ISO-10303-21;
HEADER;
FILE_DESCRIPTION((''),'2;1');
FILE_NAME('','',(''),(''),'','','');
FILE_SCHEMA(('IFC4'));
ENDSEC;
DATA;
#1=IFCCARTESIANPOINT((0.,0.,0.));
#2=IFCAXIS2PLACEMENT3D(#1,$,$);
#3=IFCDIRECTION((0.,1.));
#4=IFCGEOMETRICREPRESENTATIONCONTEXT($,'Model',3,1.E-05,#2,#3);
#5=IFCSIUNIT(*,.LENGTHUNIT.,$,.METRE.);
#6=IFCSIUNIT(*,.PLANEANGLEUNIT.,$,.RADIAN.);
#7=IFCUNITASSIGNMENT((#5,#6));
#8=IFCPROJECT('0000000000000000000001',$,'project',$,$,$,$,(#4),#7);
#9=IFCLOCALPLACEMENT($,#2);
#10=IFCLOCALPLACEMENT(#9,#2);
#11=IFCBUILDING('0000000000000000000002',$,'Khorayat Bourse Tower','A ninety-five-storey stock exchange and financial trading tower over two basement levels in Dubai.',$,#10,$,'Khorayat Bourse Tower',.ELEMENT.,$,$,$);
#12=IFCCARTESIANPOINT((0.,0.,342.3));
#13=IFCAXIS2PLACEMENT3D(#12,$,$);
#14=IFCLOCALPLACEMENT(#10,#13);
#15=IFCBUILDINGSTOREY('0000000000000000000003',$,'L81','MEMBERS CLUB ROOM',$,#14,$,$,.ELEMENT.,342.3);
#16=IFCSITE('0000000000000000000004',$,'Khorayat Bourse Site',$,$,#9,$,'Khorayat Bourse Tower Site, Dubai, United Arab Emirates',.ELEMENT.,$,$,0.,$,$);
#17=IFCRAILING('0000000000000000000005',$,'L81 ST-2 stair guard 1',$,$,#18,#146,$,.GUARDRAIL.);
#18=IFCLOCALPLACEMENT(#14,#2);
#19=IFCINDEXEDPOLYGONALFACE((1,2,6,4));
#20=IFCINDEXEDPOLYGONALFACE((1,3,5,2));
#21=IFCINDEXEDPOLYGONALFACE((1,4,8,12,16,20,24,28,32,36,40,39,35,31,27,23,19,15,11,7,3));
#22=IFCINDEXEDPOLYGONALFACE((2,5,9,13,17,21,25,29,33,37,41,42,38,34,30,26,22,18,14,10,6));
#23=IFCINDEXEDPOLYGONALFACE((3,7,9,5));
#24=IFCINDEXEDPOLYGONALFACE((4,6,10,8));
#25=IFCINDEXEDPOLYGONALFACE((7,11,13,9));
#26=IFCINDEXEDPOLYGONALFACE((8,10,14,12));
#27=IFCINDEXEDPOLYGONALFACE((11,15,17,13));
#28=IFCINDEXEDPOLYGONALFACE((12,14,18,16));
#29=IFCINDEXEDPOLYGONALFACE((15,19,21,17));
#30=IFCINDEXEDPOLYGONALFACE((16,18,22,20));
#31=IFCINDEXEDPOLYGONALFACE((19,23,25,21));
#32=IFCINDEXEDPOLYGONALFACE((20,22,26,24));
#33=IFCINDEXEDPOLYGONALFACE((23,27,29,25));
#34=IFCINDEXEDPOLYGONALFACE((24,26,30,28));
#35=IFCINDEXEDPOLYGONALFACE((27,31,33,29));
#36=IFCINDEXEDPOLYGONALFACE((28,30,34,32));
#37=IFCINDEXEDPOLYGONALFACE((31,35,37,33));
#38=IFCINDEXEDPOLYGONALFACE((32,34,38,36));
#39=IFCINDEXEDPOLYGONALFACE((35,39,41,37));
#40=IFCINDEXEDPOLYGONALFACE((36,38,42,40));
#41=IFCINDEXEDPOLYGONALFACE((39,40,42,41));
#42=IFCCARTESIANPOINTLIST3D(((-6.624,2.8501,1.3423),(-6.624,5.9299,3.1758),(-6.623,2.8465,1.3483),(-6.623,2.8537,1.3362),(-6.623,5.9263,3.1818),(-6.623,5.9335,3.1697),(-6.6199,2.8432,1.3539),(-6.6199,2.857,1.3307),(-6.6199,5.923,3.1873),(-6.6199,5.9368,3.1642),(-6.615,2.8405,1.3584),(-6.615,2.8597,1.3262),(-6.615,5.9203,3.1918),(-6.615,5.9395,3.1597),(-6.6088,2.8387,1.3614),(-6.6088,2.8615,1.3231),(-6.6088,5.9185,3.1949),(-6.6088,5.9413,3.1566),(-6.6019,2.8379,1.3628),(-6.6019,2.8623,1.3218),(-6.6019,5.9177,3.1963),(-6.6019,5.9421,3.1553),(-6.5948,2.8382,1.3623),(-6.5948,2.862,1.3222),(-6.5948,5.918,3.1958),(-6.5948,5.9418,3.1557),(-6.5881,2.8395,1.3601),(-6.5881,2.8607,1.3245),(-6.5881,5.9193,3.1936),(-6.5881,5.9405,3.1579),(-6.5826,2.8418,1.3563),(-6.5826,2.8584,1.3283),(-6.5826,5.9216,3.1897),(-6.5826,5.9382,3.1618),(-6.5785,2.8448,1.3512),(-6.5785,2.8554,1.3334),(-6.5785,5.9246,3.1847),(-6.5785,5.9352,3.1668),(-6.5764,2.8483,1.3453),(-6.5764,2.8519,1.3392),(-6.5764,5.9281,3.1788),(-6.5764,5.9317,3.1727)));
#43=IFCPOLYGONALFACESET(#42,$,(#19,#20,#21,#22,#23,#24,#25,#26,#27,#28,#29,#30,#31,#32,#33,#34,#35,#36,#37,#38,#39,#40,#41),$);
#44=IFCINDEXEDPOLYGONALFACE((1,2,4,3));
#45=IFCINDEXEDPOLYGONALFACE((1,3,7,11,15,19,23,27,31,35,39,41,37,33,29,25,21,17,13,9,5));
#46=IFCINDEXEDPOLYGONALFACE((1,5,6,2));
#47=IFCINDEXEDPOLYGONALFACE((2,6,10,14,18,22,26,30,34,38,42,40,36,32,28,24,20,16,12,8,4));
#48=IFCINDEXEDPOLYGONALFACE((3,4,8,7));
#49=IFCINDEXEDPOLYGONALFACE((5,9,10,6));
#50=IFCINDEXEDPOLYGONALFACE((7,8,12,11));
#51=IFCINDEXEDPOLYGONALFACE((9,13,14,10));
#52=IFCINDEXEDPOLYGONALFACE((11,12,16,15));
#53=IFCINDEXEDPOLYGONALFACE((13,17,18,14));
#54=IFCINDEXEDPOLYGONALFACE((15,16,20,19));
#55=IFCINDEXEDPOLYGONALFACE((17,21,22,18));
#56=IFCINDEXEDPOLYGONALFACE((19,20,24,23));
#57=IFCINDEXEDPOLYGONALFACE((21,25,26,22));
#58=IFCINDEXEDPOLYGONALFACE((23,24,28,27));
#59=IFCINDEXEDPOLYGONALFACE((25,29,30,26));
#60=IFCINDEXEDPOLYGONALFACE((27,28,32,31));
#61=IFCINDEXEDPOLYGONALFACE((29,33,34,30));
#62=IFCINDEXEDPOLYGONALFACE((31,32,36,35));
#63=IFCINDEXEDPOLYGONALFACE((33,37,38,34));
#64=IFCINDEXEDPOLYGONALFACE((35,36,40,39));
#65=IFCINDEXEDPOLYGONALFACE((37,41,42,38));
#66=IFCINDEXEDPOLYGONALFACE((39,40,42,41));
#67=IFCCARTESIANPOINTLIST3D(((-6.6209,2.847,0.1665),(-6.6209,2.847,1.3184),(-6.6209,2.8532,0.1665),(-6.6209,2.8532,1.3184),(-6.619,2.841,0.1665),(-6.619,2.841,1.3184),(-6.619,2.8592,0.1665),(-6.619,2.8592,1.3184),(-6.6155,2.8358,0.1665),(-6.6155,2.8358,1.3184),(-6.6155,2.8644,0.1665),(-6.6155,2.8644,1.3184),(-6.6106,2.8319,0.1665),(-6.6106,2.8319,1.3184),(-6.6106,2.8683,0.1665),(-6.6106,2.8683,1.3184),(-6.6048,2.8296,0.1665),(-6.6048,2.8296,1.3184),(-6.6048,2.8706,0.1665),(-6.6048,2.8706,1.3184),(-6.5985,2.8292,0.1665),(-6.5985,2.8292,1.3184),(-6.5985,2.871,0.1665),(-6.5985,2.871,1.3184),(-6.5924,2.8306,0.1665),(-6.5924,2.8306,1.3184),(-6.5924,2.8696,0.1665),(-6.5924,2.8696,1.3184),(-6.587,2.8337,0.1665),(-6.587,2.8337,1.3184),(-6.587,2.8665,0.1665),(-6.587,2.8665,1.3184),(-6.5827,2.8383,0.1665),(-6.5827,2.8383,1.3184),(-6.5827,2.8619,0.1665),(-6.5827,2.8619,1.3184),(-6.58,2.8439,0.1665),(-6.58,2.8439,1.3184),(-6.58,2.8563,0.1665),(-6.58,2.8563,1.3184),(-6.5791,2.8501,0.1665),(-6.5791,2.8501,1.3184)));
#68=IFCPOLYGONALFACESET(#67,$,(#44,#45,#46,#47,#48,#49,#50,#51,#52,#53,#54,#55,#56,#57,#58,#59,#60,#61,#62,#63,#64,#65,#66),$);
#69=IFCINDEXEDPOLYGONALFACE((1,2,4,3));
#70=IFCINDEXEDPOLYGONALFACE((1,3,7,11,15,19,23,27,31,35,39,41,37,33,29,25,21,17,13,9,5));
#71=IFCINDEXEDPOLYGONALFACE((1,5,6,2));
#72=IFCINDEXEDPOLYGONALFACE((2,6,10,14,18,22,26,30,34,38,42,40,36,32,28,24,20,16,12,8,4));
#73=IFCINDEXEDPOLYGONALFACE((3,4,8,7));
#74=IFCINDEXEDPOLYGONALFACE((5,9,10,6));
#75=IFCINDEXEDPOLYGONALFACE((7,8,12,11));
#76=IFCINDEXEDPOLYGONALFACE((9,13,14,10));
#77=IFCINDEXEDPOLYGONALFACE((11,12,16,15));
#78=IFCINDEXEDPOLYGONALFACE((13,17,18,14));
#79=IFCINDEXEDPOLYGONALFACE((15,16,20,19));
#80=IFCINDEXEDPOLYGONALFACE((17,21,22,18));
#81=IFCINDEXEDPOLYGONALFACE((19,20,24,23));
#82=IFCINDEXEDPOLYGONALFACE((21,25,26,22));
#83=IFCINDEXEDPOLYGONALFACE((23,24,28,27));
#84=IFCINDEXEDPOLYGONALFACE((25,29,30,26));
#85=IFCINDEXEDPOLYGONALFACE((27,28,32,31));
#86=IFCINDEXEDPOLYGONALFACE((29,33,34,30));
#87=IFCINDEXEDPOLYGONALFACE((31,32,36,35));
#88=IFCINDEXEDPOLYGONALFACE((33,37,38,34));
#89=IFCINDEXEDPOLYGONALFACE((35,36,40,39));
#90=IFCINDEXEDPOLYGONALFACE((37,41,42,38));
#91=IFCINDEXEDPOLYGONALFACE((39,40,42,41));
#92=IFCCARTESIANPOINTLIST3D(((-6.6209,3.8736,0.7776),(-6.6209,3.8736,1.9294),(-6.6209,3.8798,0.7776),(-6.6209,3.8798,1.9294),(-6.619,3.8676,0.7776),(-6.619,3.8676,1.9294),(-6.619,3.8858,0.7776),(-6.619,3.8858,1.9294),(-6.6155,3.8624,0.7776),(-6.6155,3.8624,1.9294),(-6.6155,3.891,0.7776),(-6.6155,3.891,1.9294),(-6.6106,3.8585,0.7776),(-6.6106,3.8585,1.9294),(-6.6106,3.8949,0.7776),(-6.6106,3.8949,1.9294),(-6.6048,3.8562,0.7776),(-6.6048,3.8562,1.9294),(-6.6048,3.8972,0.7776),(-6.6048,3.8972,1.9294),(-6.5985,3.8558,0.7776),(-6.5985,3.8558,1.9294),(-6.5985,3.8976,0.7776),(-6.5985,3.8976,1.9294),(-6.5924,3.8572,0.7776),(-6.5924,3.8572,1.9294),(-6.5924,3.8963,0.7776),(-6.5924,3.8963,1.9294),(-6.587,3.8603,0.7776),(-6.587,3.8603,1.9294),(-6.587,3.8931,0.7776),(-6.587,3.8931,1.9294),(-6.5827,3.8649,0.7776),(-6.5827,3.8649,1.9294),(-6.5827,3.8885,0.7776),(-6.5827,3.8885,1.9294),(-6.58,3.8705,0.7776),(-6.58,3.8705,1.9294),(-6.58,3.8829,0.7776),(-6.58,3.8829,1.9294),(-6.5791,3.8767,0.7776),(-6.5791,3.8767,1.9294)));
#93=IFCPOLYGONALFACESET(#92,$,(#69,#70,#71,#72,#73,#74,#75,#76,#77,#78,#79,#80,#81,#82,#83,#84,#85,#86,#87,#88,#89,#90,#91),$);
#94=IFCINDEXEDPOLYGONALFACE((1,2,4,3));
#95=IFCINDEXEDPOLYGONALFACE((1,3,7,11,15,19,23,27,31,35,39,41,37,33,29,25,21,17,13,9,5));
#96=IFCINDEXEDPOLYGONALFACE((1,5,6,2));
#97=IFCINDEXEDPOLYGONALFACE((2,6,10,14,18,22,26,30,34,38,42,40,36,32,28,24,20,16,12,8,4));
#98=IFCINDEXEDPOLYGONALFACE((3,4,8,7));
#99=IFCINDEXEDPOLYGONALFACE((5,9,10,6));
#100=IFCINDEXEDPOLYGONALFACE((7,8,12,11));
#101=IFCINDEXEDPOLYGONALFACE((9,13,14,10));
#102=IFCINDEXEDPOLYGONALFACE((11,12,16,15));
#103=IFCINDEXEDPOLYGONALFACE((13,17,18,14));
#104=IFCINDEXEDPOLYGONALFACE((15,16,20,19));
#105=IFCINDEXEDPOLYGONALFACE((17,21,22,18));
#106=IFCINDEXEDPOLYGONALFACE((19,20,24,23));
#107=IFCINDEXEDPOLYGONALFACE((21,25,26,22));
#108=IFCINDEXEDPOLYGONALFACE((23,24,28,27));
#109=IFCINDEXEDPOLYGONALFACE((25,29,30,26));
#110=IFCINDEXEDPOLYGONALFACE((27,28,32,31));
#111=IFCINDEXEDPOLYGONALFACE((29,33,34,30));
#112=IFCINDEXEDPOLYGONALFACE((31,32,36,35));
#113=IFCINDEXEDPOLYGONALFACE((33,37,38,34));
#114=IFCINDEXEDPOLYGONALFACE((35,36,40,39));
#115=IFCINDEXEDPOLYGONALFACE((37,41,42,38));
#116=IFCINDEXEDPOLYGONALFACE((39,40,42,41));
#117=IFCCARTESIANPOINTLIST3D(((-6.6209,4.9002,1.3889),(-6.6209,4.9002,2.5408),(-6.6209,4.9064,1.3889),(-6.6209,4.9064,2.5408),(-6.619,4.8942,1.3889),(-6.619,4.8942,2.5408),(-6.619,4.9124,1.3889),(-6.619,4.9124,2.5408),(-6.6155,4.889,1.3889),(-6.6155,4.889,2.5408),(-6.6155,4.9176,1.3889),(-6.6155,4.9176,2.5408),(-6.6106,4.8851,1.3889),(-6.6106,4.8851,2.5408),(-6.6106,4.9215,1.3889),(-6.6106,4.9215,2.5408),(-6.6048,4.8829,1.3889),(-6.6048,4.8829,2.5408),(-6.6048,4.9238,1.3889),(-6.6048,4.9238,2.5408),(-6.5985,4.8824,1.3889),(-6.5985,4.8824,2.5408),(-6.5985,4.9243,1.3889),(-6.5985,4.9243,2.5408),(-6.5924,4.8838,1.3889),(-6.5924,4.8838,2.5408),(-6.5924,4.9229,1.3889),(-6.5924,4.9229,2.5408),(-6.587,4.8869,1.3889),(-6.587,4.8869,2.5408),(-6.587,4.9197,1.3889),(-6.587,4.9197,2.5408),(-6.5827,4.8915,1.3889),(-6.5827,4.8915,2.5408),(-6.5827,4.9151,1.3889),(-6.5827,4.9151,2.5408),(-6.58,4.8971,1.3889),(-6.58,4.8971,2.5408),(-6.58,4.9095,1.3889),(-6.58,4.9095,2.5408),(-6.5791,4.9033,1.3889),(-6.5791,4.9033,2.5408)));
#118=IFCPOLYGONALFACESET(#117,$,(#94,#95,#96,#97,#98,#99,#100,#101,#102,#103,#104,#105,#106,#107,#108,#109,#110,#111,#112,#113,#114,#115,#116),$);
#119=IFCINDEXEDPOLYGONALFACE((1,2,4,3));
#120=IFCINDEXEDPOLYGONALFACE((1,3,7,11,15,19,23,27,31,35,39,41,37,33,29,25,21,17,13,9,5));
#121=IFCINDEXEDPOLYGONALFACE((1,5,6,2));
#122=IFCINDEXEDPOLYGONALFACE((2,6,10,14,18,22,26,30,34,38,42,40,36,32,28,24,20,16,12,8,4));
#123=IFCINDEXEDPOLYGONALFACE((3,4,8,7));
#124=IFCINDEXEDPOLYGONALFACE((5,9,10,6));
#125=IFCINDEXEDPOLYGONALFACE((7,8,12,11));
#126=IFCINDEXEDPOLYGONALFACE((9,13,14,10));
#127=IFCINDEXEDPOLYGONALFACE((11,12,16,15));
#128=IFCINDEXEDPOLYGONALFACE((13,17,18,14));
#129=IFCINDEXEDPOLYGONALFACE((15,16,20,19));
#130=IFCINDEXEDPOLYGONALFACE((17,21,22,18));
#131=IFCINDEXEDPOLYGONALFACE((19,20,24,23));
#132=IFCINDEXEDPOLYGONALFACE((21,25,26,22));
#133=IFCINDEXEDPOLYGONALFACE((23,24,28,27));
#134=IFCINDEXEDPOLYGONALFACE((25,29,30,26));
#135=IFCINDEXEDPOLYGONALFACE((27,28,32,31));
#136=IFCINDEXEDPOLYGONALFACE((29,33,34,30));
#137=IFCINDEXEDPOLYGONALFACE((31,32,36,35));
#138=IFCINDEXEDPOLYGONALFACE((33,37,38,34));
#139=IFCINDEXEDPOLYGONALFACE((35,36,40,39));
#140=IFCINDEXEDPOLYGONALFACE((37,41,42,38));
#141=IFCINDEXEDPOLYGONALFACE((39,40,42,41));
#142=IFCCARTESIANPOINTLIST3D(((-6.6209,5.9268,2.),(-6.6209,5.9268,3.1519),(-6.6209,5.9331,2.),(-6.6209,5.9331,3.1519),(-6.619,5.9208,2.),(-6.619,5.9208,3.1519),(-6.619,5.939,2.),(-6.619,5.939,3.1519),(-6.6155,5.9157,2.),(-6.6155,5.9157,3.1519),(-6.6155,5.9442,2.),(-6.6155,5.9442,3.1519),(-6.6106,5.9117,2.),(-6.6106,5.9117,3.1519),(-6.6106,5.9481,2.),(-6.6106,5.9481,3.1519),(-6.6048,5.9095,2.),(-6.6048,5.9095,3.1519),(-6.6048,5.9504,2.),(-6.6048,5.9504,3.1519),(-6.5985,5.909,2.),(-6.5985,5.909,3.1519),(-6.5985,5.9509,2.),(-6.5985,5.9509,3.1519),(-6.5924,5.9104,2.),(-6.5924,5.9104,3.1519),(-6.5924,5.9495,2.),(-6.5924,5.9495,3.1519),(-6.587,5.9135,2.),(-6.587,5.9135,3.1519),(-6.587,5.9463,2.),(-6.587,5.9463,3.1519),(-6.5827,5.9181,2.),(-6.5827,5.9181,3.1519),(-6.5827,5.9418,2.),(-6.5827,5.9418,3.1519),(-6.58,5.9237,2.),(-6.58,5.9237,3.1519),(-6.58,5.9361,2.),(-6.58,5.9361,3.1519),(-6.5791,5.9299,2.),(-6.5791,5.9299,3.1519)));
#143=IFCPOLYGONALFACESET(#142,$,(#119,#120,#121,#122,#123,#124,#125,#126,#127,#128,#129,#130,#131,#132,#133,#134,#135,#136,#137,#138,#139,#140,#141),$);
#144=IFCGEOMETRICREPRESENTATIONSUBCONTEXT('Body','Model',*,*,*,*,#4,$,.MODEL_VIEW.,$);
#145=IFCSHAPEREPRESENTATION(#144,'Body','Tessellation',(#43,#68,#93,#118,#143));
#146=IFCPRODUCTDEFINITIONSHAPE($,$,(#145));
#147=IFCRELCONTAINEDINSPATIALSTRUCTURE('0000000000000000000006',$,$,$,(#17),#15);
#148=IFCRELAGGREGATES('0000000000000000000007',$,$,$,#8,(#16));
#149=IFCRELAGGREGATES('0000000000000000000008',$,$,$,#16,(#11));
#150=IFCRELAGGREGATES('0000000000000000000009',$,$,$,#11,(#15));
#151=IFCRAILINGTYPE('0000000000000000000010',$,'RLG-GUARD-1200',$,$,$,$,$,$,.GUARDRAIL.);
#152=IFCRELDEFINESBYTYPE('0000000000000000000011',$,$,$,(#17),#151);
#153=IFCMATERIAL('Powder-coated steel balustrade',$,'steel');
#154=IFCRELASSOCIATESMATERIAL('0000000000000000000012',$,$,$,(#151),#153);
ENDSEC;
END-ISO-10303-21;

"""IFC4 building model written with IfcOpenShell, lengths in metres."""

from ifc_helpers import new_model, si_unit, direction, frame, origin, origin_2d, place, context, subcontext, project, spatial, circle, extrude, source, transform, mapped, material, type_object, element, save


model = new_model("IFC4")

# Units and contexts
model_context = context("Model", 3, precision=1e-05, world=origin(), true_north=direction((0.0, 1.0)))
body_context = subcontext(model_context, "Body", "Model", "MODEL_VIEW")
ifc_project = project(units=[si_unit("LENGTHUNIT", "METRE"), si_unit("PLANEANGLEUNIT", "RADIAN")], contexts=[model_context])

# Site, building, storey
site_placement = place(None, origin())
site = spatial("IfcSite", under=ifc_project, at=site_placement, Name="Khorayat Bourse Site", LongName="Khorayat Bourse Tower Site, Dubai, United Arab Emirates", CompositionType="ELEMENT", RefElevation=0.0)
building_placement = place(site_placement, origin())
building = spatial("IfcBuilding", under=site, at=building_placement, Name="Khorayat Bourse Tower", Description="A ninety-five-storey stock exchange and financial trading tower over two basement levels in Dubai.", LongName="Khorayat Bourse Tower", CompositionType="ELEMENT")
storey_placement = place(building_placement, frame((0.0, 0.0, 342.3)))
storey = spatial("IfcBuildingStorey", under=building, at=storey_placement, Name="L81", Description="MEMBERS CLUB ROOM", CompositionType="ELEMENT", Elevation=342.3)

# Railing
ifc_material_1 = material(Name="Powder-coated steel balustrade", Category="steel")
railing_type_1 = type_object("IfcRailingType", Name="RLG-GUARD-1200", PredefinedType="GUARDRAIL", material=ifc_material_1)
shared_shape_1 = source(origin(), body_context, "Body", "SweptSolid", [
    extrude(circle(Radius=0.0239, at=origin_2d()), frame((0.0, 0.0, 1.1758), z_axis=(0.0, 0.859261, 0.511538), x_axis=(-1.0, 0.0, 0.0)), (0.0, 0.0, 1.0), 3.5842),
    extrude(circle(Radius=0.021, at=origin_2d()), origin(), (0.0, 0.0, 1.0), 1.1519),
    extrude(circle(Radius=0.021, at=origin_2d()), frame((0.0, 1.0266, 0.6111)), (0.0, 0.0, 1.0), 1.1519),
    extrude(circle(Radius=0.021, at=origin_2d()), frame((0.0, 2.0532, 1.2224)), (0.0, 0.0, 1.0), 1.1519),
    extrude(circle(Radius=0.021, at=origin_2d()), frame((0.0, 3.0798, 1.8335)), (0.0, 0.0, 1.0), 1.1519),
])
railing_1_placement = place(storey_placement, frame((-6.6001, 2.8501, 0.1665)))
element("IfcRailing", 1, at=railing_1_placement, inside=storey, type_object=railing_type_1, Name="L81 ST-2 stair guard 1", PredefinedType="GUARDRAIL", context=body_context, shape_type="MappedRepresentation", body=[
    mapped(shared_shape_1, transform((0.0, 0.0, 0.0), scale=1.0)),
])

save(model, "model.ifc")
